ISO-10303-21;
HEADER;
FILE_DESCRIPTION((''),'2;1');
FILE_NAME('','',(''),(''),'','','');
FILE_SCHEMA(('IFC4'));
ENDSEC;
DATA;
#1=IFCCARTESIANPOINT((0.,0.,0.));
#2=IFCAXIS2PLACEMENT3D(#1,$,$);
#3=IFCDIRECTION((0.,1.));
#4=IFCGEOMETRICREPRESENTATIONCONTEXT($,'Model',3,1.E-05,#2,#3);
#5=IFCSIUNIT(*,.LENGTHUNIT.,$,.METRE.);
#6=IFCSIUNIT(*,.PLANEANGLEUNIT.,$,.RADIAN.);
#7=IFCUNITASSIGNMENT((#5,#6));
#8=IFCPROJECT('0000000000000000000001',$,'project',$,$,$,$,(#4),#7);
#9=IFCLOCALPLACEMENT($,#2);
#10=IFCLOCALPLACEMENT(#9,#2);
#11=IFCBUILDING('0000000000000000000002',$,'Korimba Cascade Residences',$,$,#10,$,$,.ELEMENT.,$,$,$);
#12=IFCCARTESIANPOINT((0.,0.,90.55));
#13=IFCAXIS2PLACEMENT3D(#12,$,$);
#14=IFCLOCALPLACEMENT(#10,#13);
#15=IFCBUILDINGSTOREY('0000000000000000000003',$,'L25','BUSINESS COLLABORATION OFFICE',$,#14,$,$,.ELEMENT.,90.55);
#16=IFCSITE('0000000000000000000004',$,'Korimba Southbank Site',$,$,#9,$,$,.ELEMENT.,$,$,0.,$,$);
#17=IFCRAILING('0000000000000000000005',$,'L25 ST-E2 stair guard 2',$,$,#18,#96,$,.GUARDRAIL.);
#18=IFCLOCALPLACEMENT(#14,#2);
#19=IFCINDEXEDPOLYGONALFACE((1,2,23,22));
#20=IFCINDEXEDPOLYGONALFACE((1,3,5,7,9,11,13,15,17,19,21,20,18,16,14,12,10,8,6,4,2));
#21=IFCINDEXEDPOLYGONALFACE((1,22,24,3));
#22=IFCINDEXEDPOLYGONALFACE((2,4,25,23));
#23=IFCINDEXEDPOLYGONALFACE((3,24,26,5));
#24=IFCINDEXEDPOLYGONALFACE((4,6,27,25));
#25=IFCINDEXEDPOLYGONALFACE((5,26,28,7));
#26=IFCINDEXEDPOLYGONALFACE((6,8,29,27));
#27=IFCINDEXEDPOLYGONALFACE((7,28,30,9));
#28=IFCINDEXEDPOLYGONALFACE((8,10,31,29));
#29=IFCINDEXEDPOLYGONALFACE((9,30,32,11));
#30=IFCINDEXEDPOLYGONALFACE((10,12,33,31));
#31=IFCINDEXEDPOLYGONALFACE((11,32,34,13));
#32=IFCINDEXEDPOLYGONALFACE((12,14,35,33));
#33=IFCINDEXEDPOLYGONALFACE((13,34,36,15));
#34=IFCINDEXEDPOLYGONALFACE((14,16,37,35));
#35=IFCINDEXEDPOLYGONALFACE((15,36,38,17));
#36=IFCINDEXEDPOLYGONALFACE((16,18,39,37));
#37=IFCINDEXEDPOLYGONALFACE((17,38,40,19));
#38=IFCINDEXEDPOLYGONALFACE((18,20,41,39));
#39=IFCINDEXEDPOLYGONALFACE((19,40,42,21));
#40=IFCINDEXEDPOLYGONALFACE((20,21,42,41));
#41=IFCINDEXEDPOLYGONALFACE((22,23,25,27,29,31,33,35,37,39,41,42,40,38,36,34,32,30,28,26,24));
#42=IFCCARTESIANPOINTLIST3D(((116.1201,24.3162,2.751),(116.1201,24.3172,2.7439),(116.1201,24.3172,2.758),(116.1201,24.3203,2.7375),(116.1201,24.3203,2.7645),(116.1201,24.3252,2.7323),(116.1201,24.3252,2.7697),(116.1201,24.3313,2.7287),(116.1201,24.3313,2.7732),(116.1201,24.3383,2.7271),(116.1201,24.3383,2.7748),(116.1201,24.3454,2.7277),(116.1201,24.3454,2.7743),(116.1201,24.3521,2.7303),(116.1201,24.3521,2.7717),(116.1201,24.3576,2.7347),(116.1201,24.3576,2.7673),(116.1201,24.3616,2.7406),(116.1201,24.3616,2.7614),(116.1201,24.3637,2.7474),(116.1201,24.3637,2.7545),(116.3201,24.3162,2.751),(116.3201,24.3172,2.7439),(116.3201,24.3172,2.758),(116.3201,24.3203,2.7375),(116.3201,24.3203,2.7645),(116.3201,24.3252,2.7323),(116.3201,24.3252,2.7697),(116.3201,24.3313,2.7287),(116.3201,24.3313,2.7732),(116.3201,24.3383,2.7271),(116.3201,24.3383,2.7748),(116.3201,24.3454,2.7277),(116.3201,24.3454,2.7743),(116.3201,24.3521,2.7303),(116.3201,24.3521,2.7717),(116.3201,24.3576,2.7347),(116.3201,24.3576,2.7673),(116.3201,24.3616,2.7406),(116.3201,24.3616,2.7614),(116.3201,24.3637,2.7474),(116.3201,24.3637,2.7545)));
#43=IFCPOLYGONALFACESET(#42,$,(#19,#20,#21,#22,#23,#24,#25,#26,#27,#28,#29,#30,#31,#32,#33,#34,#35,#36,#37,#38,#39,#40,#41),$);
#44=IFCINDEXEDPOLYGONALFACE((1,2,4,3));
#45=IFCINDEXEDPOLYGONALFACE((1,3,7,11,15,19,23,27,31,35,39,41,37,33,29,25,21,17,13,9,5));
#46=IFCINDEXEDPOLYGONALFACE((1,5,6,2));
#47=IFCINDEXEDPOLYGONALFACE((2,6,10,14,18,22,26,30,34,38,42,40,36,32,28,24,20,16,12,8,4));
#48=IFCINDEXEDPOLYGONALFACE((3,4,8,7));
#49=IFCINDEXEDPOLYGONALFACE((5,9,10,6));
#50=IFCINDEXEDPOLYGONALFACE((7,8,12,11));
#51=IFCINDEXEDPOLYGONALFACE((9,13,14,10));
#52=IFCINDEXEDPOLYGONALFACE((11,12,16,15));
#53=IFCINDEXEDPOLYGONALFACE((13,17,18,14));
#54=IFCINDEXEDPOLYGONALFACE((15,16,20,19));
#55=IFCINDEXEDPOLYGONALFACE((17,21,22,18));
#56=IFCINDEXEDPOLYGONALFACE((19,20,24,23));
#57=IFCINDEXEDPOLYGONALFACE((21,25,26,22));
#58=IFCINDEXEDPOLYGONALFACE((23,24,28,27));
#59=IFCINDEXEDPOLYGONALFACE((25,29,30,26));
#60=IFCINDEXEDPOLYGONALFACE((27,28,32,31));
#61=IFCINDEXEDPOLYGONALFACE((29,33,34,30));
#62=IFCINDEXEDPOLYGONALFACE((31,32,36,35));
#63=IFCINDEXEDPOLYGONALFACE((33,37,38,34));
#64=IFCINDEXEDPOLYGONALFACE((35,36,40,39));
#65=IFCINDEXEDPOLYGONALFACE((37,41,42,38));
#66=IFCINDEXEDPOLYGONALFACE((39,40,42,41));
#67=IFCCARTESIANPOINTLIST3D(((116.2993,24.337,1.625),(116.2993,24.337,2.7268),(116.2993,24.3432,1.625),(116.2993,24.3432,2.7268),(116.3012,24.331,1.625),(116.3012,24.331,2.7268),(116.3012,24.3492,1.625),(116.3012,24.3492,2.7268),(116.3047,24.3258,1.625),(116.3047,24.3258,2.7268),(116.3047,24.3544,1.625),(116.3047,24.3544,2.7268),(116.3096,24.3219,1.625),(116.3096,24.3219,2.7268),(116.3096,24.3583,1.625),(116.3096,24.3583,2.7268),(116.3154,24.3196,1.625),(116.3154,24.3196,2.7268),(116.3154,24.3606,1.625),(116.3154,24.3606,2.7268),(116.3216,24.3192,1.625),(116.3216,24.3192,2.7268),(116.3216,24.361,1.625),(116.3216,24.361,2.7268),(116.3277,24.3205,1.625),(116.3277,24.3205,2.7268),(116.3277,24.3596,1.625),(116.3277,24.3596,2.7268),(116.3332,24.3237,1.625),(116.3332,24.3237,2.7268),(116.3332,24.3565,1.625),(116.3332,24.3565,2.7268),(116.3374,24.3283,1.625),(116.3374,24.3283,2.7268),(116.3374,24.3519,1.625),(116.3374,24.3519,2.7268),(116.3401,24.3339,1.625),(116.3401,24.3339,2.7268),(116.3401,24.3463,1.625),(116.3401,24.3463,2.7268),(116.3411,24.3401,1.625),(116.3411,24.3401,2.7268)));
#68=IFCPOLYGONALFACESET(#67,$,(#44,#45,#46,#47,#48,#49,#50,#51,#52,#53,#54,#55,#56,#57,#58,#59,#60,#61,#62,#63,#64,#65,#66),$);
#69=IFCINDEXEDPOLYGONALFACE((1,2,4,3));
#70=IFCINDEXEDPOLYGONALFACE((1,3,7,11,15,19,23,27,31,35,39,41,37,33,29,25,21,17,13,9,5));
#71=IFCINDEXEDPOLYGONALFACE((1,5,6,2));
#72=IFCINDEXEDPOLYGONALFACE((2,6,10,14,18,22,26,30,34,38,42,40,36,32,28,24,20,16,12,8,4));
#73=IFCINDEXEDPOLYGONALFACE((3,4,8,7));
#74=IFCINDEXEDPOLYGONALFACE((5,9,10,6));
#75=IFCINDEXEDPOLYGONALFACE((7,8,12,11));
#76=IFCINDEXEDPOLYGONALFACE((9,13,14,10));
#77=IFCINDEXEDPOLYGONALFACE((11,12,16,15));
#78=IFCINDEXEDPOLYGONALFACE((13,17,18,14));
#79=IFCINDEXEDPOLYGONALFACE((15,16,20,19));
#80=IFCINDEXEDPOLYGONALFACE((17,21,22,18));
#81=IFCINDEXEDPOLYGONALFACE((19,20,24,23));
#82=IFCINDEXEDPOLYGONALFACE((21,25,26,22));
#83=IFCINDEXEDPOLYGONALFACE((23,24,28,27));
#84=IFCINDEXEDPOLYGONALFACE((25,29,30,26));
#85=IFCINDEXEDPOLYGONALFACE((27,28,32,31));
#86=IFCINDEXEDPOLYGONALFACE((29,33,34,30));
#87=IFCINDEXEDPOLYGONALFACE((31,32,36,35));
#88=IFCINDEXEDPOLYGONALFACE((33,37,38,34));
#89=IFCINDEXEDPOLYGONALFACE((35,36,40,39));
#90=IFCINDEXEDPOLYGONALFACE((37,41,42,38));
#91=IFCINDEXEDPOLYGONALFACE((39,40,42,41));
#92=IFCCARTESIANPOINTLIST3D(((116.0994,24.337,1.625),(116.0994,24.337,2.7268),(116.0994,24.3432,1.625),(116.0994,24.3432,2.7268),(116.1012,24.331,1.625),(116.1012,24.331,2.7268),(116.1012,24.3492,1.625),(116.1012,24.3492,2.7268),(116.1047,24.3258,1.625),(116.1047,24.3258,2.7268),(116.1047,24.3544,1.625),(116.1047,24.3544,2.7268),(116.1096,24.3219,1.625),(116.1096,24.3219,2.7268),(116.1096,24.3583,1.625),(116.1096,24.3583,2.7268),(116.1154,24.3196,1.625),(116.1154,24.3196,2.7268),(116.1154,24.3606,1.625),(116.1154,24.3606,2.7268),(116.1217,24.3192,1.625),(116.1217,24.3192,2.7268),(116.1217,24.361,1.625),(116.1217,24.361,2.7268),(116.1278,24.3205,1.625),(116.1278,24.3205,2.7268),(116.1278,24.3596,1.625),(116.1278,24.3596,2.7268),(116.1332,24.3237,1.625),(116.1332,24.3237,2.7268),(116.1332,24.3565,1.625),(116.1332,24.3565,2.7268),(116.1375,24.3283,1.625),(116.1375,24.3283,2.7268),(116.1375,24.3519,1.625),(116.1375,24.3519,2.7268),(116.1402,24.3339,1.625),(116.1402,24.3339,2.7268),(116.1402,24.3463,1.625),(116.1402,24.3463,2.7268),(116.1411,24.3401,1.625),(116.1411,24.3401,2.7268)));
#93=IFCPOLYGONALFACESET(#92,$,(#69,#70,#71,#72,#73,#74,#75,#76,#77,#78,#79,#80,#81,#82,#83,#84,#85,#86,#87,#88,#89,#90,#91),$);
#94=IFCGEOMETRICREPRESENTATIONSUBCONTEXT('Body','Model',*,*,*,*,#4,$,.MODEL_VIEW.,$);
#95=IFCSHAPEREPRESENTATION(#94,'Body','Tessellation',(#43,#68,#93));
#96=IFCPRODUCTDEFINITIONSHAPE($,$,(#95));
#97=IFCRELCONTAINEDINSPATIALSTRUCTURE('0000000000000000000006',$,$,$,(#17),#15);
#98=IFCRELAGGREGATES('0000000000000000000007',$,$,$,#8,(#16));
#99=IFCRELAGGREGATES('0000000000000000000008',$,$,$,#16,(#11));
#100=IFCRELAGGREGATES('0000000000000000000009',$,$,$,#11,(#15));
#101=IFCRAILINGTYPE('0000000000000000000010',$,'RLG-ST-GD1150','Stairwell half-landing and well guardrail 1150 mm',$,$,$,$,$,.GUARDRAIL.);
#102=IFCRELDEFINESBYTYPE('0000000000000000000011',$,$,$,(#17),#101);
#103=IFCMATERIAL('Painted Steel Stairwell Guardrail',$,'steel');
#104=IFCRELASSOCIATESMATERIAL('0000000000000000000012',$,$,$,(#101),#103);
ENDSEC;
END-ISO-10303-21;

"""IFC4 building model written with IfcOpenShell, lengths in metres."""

from ifc_helpers import new_model, si_unit, direction, frame, origin, origin_2d, place, context, subcontext, project, spatial, circle, extrude, material, type_object, element, save


model = new_model("IFC4")

# Units and contexts
model_context = context("Model", 3, precision=1e-05, world=origin(), true_north=direction((0.0, 1.0)))
body_context = subcontext(model_context, "Body", "Model", "MODEL_VIEW")
ifc_project = project(units=[si_unit("LENGTHUNIT", "METRE"), si_unit("PLANEANGLEUNIT", "RADIAN")], contexts=[model_context])

# Site, building, storey
site_placement = place(None, origin())
site = spatial("IfcSite", under=ifc_project, at=site_placement, Name="Korimba Southbank Site", CompositionType="ELEMENT", RefElevation=0.0)
building_placement = place(site_placement, origin())
building = spatial("IfcBuilding", under=site, at=building_placement, Name="Korimba Cascade Residences", CompositionType="ELEMENT")
storey_placement = place(building_placement, frame((0.0, 0.0, 90.55)))
storey = spatial("IfcBuildingStorey", under=building, at=storey_placement, Name="L25", Description="BUSINESS COLLABORATION OFFICE", CompositionType="ELEMENT", Elevation=90.55)

# Railing
ifc_material_1 = material(Name="Painted Steel Stairwell Guardrail", Category="steel")
railing_type_1 = type_object("IfcRailingType", Name="RLG-ST-GD1150", Description="Stairwell half-landing and well guardrail 1150 mm", PredefinedType="GUARDRAIL", material=ifc_material_1)
railing_1_placement = place(storey_placement, frame((116.3201, 24.3401, 1.625)))
element("IfcRailing", 1, at=railing_1_placement, inside=storey, type_object=railing_type_1, Name="L25 ST-E2 stair guard 2", PredefinedType="GUARDRAIL", context=body_context, shape_type="SweptSolid", body=[
    extrude(circle(Radius=0.0239, at=origin_2d()), frame((0.0, 0.0, 1.126), z_axis=(-1.0, 0.0, 0.0), x_axis=(0.0, -1.0, 0.0)), (0.0, 0.0, 1.0), 0.2),
    extrude(circle(Radius=0.021, at=origin_2d()), origin(), (0.0, 0.0, 1.0), 1.1018),
    extrude(circle(Radius=0.021, at=origin_2d()), frame((-0.2, 0.0, 0.0)), (0.0, 0.0, 1.0), 1.1018),
])

save(model, "model.ifc")
